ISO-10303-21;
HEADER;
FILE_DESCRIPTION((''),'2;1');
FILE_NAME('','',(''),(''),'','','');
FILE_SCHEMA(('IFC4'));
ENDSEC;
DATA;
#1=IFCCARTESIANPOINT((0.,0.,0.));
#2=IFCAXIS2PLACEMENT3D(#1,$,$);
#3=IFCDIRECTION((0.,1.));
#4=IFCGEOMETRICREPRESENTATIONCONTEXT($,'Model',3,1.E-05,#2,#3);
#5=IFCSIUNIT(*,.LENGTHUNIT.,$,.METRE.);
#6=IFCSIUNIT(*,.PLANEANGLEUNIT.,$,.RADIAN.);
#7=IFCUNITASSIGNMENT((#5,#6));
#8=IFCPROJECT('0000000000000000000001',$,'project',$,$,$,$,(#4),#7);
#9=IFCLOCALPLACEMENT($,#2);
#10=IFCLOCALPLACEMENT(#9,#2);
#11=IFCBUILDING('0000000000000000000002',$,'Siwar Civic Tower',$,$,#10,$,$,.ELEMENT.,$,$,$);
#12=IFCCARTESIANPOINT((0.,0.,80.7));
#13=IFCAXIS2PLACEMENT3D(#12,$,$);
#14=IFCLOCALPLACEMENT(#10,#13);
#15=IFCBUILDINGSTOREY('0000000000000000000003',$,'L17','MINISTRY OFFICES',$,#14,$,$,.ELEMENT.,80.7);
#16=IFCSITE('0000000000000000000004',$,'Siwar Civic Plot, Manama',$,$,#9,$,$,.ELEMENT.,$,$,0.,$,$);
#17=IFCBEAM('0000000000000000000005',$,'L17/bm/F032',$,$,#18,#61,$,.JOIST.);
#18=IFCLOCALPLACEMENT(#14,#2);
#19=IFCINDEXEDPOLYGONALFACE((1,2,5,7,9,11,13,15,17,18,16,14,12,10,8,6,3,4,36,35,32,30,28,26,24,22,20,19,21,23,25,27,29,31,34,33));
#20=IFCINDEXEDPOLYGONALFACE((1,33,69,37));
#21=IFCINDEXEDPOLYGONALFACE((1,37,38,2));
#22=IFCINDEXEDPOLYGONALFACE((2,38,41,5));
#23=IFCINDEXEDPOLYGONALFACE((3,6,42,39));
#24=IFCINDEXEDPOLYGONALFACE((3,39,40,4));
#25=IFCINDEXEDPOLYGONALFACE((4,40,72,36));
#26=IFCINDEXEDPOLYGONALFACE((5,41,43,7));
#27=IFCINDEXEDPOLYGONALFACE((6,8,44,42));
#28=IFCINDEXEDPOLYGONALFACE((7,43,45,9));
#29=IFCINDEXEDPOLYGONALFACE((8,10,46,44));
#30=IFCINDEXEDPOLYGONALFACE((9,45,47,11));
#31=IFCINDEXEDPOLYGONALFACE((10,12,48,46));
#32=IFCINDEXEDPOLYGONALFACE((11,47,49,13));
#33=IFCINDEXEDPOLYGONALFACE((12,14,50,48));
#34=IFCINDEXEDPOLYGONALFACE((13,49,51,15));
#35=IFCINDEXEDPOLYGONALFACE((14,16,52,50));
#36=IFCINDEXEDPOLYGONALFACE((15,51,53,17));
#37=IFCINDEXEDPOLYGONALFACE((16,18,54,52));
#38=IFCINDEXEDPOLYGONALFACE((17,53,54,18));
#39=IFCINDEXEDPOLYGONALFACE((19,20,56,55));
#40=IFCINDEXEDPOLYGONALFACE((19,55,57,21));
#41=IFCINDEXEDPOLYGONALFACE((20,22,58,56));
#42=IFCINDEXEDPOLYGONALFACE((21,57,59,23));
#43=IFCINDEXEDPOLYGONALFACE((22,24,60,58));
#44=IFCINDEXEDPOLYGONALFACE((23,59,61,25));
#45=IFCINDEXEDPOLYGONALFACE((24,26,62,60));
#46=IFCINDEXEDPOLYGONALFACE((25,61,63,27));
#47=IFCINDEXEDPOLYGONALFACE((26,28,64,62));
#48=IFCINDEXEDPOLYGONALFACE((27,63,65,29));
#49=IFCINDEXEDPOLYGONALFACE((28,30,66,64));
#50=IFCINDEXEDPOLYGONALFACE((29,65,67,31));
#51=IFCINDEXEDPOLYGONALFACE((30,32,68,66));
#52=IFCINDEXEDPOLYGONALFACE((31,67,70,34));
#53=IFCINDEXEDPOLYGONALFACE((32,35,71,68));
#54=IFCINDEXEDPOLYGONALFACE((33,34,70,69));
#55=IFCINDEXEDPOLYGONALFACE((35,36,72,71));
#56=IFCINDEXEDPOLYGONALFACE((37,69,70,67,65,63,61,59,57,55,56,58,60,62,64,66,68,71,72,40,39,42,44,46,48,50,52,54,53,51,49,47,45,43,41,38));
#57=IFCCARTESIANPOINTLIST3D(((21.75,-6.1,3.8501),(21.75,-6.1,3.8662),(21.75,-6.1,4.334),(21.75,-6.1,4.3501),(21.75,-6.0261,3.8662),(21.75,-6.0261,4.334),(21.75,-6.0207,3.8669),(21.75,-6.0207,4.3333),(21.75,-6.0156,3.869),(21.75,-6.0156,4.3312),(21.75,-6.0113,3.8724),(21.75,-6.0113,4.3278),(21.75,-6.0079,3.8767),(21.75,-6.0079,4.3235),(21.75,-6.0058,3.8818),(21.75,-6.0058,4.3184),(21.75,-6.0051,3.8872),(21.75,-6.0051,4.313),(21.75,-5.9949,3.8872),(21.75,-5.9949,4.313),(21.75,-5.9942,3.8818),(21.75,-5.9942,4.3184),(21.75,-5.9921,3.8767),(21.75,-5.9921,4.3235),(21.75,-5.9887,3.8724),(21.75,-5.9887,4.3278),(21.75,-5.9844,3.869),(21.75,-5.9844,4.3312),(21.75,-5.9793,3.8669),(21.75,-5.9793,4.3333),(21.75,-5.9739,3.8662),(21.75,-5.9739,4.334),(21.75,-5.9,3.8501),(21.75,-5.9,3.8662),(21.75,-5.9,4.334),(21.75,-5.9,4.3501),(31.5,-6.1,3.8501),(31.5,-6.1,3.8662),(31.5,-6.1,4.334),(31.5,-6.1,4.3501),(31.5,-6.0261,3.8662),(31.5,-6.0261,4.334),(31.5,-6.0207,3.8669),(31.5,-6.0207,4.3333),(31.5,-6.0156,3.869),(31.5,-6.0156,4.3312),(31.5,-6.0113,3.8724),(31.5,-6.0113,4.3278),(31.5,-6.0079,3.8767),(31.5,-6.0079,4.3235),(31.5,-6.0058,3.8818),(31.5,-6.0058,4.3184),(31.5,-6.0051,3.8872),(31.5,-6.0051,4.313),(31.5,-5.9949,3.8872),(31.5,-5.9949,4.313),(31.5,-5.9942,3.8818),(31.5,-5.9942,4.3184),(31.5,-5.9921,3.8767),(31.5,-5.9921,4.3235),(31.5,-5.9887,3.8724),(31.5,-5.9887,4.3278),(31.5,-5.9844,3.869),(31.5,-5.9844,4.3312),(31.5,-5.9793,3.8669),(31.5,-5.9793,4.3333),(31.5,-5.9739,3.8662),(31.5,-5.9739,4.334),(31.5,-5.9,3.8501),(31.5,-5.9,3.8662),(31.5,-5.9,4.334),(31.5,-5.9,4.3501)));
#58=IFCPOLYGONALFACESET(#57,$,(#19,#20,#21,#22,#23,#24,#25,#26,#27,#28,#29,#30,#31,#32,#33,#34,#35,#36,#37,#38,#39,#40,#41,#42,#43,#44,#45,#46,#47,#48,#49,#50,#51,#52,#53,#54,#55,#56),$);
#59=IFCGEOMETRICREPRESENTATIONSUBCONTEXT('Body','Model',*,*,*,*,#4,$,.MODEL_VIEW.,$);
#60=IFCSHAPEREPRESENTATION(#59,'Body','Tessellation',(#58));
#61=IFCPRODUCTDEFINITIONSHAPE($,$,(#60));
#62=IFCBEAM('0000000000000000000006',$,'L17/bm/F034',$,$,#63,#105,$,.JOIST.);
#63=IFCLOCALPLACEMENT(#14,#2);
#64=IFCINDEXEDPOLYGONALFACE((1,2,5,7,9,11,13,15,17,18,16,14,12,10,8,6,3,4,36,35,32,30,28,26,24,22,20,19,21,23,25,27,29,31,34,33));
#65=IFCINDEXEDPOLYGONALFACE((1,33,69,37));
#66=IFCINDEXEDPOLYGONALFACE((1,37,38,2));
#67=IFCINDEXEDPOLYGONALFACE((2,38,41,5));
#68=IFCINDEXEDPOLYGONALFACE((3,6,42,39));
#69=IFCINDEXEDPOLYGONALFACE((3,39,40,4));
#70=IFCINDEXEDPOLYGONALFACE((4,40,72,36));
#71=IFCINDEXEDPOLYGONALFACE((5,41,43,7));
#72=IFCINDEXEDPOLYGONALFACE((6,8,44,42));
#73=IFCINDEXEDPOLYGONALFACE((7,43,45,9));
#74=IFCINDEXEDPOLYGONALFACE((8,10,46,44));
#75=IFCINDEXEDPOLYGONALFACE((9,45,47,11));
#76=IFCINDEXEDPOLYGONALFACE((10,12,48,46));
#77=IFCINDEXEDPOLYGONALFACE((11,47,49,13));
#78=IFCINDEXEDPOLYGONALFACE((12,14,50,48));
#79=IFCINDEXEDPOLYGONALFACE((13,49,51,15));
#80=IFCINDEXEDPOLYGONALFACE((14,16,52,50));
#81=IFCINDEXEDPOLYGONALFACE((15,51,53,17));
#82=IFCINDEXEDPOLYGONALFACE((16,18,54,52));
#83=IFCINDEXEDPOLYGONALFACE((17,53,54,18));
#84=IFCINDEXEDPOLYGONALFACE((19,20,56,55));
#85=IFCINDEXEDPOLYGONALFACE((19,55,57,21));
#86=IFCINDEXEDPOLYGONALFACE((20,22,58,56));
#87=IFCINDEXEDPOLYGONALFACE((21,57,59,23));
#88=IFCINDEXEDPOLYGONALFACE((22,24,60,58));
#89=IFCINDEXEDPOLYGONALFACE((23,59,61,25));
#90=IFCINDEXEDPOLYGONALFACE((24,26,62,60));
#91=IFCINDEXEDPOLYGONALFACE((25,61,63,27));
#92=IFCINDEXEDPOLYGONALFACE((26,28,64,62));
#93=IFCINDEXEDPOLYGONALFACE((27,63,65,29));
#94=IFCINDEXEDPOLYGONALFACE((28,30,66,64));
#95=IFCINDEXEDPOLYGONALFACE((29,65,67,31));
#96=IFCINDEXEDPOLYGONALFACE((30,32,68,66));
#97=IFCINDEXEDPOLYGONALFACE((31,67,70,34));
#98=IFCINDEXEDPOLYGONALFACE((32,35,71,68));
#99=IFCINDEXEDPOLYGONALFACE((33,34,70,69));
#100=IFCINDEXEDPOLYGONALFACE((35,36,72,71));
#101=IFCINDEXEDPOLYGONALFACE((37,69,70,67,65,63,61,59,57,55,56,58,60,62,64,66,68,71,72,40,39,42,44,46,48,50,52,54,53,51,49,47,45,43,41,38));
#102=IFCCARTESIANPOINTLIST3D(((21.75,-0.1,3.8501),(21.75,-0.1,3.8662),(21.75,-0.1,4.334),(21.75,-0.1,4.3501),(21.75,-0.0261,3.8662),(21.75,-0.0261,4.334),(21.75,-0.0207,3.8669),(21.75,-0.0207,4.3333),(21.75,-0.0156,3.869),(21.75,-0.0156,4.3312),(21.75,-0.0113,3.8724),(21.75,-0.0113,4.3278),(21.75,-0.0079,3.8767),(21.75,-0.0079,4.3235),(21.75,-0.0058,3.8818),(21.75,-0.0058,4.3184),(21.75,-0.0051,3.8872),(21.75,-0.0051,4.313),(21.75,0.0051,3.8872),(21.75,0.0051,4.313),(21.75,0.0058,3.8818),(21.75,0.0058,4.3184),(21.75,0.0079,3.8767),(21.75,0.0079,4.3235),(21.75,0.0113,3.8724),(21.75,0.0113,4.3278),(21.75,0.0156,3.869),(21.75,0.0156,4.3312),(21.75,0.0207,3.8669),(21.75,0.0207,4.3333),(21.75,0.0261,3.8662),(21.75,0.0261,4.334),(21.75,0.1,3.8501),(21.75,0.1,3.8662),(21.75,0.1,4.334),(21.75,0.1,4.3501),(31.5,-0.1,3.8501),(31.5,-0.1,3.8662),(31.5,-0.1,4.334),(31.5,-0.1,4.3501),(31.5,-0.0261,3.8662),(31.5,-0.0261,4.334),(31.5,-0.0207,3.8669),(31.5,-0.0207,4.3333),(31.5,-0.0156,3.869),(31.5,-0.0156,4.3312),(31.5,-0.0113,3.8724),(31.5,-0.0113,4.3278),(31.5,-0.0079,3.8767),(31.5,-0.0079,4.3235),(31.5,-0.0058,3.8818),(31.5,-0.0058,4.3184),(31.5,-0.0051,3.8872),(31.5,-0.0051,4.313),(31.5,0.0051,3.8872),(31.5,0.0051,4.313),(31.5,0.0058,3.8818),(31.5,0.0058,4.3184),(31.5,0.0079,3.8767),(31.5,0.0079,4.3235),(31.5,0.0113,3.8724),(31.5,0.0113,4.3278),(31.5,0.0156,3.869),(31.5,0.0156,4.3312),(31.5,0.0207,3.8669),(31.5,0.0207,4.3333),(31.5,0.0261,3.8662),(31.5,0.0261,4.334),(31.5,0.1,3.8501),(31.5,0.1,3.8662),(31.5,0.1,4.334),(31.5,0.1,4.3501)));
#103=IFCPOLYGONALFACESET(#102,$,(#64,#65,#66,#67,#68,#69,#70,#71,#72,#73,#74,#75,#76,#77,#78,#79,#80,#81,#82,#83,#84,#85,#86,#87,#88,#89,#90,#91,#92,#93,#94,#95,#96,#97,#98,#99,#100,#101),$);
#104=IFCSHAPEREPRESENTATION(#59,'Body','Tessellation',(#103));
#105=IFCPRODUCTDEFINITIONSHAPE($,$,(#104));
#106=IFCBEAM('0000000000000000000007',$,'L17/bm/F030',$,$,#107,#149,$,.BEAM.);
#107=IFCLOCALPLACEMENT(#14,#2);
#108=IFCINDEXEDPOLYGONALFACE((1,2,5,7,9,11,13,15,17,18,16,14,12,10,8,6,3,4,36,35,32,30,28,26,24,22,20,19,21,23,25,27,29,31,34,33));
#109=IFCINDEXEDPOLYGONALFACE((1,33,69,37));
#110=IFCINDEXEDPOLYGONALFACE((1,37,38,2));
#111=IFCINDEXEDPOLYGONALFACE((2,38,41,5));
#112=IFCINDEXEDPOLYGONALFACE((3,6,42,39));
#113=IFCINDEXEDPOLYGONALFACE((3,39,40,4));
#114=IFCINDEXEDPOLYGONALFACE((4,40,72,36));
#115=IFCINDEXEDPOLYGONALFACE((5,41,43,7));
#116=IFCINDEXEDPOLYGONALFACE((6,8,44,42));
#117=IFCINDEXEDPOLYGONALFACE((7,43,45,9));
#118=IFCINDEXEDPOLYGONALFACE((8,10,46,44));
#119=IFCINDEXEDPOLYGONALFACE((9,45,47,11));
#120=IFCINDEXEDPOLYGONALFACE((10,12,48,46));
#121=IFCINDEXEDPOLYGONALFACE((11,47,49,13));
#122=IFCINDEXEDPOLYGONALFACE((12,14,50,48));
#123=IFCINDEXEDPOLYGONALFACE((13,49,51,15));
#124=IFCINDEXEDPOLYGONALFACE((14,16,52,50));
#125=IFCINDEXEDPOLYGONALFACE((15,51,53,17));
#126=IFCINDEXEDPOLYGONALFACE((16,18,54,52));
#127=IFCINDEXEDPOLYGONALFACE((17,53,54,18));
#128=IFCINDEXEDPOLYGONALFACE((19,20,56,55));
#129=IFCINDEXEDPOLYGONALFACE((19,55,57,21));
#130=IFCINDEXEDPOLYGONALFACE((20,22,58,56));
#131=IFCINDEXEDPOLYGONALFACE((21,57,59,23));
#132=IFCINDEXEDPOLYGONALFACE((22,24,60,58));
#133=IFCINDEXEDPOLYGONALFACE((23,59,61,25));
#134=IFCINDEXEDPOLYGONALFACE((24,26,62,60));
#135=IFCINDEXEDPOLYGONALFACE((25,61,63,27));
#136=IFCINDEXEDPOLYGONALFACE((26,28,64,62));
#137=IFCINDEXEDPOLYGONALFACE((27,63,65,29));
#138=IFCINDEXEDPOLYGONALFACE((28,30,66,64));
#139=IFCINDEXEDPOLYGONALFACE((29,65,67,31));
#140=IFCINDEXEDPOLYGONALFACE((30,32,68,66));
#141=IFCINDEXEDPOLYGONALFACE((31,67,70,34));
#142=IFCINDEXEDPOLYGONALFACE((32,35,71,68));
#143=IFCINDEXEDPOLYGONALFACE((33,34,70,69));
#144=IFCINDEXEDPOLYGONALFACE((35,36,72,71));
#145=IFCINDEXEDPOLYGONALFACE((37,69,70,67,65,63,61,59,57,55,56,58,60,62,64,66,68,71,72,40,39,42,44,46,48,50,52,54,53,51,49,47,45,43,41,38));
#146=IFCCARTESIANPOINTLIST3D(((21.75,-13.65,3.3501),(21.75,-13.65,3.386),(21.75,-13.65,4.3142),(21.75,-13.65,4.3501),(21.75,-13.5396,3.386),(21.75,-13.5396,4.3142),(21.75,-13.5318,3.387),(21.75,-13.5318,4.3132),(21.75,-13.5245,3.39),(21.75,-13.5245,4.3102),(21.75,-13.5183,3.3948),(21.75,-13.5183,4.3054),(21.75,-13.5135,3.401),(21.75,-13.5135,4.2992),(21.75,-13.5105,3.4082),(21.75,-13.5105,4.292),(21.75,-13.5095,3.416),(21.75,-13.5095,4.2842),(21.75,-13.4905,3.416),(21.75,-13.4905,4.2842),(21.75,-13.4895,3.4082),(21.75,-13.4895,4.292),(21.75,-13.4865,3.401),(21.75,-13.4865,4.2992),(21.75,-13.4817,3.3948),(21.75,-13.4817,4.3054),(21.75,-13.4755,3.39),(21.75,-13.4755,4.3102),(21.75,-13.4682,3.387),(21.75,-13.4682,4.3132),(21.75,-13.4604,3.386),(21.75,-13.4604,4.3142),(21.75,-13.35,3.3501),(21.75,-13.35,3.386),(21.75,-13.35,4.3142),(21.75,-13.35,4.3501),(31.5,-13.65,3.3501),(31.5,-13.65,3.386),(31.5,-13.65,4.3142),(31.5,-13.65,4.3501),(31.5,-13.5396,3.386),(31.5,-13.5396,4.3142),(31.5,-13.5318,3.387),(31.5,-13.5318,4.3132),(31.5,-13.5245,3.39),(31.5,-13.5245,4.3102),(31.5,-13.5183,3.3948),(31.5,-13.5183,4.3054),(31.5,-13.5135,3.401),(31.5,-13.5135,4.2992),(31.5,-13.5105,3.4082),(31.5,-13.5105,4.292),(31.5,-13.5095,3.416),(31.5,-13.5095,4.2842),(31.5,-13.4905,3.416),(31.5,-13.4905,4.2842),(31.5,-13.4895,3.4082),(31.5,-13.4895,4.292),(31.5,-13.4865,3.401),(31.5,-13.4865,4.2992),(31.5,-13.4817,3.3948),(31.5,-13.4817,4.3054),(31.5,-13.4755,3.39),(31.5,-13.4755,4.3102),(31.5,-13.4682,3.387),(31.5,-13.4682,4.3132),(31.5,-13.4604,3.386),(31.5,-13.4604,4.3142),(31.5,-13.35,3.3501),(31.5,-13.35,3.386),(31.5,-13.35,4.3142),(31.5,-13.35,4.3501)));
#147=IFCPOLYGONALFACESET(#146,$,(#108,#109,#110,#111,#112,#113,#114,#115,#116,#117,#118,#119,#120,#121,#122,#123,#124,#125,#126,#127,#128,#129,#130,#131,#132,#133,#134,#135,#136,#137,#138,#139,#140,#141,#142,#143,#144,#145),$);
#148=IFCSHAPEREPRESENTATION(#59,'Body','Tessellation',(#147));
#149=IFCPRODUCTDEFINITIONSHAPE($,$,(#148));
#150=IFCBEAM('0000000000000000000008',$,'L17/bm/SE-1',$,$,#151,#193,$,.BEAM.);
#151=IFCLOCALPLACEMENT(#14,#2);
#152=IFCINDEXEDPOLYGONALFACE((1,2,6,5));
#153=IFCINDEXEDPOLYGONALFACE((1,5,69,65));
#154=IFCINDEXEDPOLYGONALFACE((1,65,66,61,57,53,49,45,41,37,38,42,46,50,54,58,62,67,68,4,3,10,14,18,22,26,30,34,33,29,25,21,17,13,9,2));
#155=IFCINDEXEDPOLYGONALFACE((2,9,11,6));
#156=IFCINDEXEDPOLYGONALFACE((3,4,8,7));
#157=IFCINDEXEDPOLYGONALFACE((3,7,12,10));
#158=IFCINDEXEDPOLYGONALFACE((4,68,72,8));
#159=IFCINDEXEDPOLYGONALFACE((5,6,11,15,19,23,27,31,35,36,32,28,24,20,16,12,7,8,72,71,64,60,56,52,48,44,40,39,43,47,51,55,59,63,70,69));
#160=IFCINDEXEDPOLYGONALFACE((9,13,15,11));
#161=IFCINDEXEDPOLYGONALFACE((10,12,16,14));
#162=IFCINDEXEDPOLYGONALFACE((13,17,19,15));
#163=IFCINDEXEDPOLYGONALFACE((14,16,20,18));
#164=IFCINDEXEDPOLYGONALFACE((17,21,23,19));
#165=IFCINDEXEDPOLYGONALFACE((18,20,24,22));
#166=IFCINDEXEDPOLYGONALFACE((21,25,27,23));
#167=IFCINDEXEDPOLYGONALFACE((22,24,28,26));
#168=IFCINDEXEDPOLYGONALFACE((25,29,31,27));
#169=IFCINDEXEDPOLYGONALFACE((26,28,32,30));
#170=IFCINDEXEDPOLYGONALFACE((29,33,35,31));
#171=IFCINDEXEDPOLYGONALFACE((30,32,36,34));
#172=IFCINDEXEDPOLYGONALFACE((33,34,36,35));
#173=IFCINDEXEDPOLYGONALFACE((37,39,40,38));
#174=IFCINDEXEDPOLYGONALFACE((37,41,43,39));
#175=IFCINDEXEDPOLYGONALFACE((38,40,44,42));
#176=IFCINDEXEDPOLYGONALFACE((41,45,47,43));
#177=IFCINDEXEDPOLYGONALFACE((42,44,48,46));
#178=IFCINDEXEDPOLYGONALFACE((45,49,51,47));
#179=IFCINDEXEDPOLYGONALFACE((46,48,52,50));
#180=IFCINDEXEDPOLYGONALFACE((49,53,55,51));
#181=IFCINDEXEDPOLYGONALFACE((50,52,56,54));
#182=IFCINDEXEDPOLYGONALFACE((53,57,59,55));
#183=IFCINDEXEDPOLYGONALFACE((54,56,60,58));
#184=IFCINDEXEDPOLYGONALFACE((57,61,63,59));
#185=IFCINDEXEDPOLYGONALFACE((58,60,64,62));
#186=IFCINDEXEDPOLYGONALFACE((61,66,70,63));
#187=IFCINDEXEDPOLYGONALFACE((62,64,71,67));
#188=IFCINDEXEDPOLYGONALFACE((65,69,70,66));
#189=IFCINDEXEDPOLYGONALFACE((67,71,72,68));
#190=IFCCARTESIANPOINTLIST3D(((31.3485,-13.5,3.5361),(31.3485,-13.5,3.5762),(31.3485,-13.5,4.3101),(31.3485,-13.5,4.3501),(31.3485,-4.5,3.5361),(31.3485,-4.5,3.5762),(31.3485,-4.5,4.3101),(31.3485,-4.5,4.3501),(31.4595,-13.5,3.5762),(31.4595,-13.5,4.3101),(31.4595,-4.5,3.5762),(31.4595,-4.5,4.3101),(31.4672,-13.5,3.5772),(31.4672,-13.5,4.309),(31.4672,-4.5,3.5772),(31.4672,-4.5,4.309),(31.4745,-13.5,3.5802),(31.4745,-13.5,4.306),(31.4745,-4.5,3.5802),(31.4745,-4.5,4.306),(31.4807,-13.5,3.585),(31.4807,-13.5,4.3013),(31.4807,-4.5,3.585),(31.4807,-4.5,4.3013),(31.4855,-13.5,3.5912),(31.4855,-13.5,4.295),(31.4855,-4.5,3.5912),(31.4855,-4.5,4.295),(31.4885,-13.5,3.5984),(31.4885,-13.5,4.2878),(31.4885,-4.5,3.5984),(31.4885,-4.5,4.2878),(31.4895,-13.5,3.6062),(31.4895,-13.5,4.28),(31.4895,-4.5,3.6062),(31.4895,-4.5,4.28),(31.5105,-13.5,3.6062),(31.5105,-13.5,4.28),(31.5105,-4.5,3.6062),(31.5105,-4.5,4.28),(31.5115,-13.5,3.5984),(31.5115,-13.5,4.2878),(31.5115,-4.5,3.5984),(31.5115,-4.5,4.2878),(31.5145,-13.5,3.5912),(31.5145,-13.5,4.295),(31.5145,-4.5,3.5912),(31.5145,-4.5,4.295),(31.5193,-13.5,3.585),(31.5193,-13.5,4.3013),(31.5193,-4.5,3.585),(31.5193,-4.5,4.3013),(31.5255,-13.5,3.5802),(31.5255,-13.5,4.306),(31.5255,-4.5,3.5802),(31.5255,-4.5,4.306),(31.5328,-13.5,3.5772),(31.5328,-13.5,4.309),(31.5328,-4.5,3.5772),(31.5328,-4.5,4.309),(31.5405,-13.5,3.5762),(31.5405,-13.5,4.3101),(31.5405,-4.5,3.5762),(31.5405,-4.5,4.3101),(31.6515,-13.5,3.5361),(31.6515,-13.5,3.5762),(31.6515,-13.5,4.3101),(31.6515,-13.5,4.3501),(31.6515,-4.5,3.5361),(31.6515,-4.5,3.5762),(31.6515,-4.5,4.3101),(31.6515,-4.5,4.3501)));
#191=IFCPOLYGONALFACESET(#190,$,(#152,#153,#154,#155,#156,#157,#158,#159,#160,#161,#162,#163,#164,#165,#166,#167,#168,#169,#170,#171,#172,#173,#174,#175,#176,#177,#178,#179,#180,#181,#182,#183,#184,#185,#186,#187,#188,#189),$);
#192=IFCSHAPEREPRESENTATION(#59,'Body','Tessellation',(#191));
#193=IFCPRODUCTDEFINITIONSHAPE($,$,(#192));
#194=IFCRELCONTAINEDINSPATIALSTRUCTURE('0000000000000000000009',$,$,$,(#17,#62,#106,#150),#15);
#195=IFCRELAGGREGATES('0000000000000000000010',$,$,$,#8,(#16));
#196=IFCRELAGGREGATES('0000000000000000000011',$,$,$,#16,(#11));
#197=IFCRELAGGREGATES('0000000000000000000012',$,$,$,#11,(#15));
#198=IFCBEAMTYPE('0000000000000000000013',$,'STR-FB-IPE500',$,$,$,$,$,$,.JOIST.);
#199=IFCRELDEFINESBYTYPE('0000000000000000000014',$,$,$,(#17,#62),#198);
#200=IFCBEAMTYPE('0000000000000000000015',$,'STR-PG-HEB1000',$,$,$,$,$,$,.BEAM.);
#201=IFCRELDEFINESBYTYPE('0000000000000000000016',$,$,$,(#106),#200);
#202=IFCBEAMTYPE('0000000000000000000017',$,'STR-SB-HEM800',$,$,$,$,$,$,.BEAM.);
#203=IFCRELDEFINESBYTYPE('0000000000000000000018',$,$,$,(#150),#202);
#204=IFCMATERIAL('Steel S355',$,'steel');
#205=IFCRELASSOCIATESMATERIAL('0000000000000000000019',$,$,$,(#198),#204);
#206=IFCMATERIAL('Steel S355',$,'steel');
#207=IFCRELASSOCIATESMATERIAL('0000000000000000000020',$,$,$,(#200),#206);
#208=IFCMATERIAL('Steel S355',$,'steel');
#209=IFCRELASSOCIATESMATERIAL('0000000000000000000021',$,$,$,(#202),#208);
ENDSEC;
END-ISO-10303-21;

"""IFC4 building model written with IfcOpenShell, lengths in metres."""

from ifc_helpers import new_model, si_unit, direction, frame, origin, origin_2d, place, context, subcontext, project, spatial, i_section, extrude, material, material_profile, profile_set, type_object, element, save


model = new_model("IFC4")

# Units and contexts
model_context = context("Model", 3, precision=1e-05, world=origin(), true_north=direction((0.0, 1.0)))
body_context = subcontext(model_context, "Body", "Model", "MODEL_VIEW")
ifc_project = project(units=[si_unit("LENGTHUNIT", "METRE"), si_unit("PLANEANGLEUNIT", "RADIAN")], contexts=[model_context])

# Site, building, storey
site_placement = place(None, origin())
site = spatial("IfcSite", under=ifc_project, at=site_placement, Name="Siwar Civic Plot, Manama", CompositionType="ELEMENT", RefElevation=0.0)
building_placement = place(site_placement, origin())
building = spatial("IfcBuilding", under=site, at=building_placement, Name="Siwar Civic Tower", CompositionType="ELEMENT")
storey_placement = place(building_placement, frame((0.0, 0.0, 80.7)))
storey = spatial("IfcBuildingStorey", under=building, at=storey_placement, Name="L17", Description="MINISTRY OFFICES", CompositionType="ELEMENT", Elevation=80.7)

# Beams
ifc_material_1 = material(Name="Steel S355", Category="steel")
ifc_material_profile_1 = material_profile(ifc_material_1, i_section(OverallWidth=0.2, OverallDepth=0.5, WebThickness=0.0103, FlangeThickness=0.0161, FilletRadius=0.021, at=origin_2d()), Name="IPE500")
ifc_profile_set_1 = profile_set([ifc_material_profile_1], Name="Steel S355")
beam_type_1 = type_object("IfcBeamType", Name="STR-FB-IPE500", PredefinedType="JOIST", material=ifc_profile_set_1)
for number, where, z_axis, x_axis, name in (
    (1, (21.75, -6.0, 4.1001), (1.0, 0.0, 0.0), (0.0, 1.0, 0.0), "L17/bm/F032"),
    (2, (21.75, 0.0, 4.1001), (1.0, 0.0, 0.0), (0.0, 1.0, 0.0), "L17/bm/F034"),
):
    element("IfcBeam", number, at=place(storey_placement, frame(where, z_axis=z_axis, x_axis=x_axis)), inside=storey, type_object=beam_type_1, Name=name, PredefinedType="JOIST", context=body_context, shape_type="SweptSolid", body=[
        extrude(i_section(OverallWidth=0.2, OverallDepth=0.5, WebThickness=0.0103, FlangeThickness=0.0161, FilletRadius=0.021, at=origin_2d()), origin(), (0.0, 0.0, 1.0), 9.75),
    ])
ifc_material_2 = material(Name="Steel S355", Category="steel")
ifc_material_profile_2 = material_profile(ifc_material_2, i_section(OverallWidth=0.3, OverallDepth=1.0, WebThickness=0.019, FlangeThickness=0.0359, FilletRadius=0.03, at=origin_2d()), Name="HEB1000")
ifc_profile_set_2 = profile_set([ifc_material_profile_2], Name="Steel S355")
beam_type_2 = type_object("IfcBeamType", Name="STR-PG-HEB1000", PredefinedType="BEAM", material=ifc_profile_set_2)
beam_1_placement = place(storey_placement, frame((21.75, -13.5, 3.8501), z_axis=(1.0, 0.0, 0.0), x_axis=(0.0, 1.0, 0.0)))
element("IfcBeam", 3, at=beam_1_placement, inside=storey, type_object=beam_type_2, Name="L17/bm/F030", PredefinedType="BEAM", context=body_context, shape_type="SweptSolid", body=[
    extrude(i_section(OverallWidth=0.3, OverallDepth=1.0, WebThickness=0.019, FlangeThickness=0.0359, FilletRadius=0.03, at=origin_2d()), origin(), (0.0, 0.0, 1.0), 9.75),
])
ifc_material_3 = material(Name="Steel S355", Category="steel")
ifc_material_profile_3 = material_profile(ifc_material_3, i_section(OverallWidth=0.303, OverallDepth=0.814, WebThickness=0.021, FlangeThickness=0.04, FilletRadius=0.03, at=origin_2d()), Name="HEM800")
ifc_profile_set_3 = profile_set([ifc_material_profile_3], Name="Steel S355")
beam_type_3 = type_object("IfcBeamType", Name="STR-SB-HEM800", PredefinedType="BEAM", material=ifc_profile_set_3)
for number, where, z_axis, x_axis, name in (
    (4, (31.5, -13.5, 3.9431), (0.0, 1.0, 0.0), (-1.0, 0.0, 0.0), "L17/bm/SE-1"),
):
    element("IfcBeam", number, at=place(storey_placement, frame(where, z_axis=z_axis, x_axis=x_axis)), inside=storey, type_object=beam_type_3, Name=name, PredefinedType="BEAM", context=body_context, shape_type="SweptSolid", body=[
        extrude(i_section(OverallWidth=0.303, OverallDepth=0.814, WebThickness=0.021, FlangeThickness=0.04, FilletRadius=0.03, at=origin_2d()), origin(), (0.0, 0.0, 1.0), 9.0),
    ])

save(model, "model.ifc")
